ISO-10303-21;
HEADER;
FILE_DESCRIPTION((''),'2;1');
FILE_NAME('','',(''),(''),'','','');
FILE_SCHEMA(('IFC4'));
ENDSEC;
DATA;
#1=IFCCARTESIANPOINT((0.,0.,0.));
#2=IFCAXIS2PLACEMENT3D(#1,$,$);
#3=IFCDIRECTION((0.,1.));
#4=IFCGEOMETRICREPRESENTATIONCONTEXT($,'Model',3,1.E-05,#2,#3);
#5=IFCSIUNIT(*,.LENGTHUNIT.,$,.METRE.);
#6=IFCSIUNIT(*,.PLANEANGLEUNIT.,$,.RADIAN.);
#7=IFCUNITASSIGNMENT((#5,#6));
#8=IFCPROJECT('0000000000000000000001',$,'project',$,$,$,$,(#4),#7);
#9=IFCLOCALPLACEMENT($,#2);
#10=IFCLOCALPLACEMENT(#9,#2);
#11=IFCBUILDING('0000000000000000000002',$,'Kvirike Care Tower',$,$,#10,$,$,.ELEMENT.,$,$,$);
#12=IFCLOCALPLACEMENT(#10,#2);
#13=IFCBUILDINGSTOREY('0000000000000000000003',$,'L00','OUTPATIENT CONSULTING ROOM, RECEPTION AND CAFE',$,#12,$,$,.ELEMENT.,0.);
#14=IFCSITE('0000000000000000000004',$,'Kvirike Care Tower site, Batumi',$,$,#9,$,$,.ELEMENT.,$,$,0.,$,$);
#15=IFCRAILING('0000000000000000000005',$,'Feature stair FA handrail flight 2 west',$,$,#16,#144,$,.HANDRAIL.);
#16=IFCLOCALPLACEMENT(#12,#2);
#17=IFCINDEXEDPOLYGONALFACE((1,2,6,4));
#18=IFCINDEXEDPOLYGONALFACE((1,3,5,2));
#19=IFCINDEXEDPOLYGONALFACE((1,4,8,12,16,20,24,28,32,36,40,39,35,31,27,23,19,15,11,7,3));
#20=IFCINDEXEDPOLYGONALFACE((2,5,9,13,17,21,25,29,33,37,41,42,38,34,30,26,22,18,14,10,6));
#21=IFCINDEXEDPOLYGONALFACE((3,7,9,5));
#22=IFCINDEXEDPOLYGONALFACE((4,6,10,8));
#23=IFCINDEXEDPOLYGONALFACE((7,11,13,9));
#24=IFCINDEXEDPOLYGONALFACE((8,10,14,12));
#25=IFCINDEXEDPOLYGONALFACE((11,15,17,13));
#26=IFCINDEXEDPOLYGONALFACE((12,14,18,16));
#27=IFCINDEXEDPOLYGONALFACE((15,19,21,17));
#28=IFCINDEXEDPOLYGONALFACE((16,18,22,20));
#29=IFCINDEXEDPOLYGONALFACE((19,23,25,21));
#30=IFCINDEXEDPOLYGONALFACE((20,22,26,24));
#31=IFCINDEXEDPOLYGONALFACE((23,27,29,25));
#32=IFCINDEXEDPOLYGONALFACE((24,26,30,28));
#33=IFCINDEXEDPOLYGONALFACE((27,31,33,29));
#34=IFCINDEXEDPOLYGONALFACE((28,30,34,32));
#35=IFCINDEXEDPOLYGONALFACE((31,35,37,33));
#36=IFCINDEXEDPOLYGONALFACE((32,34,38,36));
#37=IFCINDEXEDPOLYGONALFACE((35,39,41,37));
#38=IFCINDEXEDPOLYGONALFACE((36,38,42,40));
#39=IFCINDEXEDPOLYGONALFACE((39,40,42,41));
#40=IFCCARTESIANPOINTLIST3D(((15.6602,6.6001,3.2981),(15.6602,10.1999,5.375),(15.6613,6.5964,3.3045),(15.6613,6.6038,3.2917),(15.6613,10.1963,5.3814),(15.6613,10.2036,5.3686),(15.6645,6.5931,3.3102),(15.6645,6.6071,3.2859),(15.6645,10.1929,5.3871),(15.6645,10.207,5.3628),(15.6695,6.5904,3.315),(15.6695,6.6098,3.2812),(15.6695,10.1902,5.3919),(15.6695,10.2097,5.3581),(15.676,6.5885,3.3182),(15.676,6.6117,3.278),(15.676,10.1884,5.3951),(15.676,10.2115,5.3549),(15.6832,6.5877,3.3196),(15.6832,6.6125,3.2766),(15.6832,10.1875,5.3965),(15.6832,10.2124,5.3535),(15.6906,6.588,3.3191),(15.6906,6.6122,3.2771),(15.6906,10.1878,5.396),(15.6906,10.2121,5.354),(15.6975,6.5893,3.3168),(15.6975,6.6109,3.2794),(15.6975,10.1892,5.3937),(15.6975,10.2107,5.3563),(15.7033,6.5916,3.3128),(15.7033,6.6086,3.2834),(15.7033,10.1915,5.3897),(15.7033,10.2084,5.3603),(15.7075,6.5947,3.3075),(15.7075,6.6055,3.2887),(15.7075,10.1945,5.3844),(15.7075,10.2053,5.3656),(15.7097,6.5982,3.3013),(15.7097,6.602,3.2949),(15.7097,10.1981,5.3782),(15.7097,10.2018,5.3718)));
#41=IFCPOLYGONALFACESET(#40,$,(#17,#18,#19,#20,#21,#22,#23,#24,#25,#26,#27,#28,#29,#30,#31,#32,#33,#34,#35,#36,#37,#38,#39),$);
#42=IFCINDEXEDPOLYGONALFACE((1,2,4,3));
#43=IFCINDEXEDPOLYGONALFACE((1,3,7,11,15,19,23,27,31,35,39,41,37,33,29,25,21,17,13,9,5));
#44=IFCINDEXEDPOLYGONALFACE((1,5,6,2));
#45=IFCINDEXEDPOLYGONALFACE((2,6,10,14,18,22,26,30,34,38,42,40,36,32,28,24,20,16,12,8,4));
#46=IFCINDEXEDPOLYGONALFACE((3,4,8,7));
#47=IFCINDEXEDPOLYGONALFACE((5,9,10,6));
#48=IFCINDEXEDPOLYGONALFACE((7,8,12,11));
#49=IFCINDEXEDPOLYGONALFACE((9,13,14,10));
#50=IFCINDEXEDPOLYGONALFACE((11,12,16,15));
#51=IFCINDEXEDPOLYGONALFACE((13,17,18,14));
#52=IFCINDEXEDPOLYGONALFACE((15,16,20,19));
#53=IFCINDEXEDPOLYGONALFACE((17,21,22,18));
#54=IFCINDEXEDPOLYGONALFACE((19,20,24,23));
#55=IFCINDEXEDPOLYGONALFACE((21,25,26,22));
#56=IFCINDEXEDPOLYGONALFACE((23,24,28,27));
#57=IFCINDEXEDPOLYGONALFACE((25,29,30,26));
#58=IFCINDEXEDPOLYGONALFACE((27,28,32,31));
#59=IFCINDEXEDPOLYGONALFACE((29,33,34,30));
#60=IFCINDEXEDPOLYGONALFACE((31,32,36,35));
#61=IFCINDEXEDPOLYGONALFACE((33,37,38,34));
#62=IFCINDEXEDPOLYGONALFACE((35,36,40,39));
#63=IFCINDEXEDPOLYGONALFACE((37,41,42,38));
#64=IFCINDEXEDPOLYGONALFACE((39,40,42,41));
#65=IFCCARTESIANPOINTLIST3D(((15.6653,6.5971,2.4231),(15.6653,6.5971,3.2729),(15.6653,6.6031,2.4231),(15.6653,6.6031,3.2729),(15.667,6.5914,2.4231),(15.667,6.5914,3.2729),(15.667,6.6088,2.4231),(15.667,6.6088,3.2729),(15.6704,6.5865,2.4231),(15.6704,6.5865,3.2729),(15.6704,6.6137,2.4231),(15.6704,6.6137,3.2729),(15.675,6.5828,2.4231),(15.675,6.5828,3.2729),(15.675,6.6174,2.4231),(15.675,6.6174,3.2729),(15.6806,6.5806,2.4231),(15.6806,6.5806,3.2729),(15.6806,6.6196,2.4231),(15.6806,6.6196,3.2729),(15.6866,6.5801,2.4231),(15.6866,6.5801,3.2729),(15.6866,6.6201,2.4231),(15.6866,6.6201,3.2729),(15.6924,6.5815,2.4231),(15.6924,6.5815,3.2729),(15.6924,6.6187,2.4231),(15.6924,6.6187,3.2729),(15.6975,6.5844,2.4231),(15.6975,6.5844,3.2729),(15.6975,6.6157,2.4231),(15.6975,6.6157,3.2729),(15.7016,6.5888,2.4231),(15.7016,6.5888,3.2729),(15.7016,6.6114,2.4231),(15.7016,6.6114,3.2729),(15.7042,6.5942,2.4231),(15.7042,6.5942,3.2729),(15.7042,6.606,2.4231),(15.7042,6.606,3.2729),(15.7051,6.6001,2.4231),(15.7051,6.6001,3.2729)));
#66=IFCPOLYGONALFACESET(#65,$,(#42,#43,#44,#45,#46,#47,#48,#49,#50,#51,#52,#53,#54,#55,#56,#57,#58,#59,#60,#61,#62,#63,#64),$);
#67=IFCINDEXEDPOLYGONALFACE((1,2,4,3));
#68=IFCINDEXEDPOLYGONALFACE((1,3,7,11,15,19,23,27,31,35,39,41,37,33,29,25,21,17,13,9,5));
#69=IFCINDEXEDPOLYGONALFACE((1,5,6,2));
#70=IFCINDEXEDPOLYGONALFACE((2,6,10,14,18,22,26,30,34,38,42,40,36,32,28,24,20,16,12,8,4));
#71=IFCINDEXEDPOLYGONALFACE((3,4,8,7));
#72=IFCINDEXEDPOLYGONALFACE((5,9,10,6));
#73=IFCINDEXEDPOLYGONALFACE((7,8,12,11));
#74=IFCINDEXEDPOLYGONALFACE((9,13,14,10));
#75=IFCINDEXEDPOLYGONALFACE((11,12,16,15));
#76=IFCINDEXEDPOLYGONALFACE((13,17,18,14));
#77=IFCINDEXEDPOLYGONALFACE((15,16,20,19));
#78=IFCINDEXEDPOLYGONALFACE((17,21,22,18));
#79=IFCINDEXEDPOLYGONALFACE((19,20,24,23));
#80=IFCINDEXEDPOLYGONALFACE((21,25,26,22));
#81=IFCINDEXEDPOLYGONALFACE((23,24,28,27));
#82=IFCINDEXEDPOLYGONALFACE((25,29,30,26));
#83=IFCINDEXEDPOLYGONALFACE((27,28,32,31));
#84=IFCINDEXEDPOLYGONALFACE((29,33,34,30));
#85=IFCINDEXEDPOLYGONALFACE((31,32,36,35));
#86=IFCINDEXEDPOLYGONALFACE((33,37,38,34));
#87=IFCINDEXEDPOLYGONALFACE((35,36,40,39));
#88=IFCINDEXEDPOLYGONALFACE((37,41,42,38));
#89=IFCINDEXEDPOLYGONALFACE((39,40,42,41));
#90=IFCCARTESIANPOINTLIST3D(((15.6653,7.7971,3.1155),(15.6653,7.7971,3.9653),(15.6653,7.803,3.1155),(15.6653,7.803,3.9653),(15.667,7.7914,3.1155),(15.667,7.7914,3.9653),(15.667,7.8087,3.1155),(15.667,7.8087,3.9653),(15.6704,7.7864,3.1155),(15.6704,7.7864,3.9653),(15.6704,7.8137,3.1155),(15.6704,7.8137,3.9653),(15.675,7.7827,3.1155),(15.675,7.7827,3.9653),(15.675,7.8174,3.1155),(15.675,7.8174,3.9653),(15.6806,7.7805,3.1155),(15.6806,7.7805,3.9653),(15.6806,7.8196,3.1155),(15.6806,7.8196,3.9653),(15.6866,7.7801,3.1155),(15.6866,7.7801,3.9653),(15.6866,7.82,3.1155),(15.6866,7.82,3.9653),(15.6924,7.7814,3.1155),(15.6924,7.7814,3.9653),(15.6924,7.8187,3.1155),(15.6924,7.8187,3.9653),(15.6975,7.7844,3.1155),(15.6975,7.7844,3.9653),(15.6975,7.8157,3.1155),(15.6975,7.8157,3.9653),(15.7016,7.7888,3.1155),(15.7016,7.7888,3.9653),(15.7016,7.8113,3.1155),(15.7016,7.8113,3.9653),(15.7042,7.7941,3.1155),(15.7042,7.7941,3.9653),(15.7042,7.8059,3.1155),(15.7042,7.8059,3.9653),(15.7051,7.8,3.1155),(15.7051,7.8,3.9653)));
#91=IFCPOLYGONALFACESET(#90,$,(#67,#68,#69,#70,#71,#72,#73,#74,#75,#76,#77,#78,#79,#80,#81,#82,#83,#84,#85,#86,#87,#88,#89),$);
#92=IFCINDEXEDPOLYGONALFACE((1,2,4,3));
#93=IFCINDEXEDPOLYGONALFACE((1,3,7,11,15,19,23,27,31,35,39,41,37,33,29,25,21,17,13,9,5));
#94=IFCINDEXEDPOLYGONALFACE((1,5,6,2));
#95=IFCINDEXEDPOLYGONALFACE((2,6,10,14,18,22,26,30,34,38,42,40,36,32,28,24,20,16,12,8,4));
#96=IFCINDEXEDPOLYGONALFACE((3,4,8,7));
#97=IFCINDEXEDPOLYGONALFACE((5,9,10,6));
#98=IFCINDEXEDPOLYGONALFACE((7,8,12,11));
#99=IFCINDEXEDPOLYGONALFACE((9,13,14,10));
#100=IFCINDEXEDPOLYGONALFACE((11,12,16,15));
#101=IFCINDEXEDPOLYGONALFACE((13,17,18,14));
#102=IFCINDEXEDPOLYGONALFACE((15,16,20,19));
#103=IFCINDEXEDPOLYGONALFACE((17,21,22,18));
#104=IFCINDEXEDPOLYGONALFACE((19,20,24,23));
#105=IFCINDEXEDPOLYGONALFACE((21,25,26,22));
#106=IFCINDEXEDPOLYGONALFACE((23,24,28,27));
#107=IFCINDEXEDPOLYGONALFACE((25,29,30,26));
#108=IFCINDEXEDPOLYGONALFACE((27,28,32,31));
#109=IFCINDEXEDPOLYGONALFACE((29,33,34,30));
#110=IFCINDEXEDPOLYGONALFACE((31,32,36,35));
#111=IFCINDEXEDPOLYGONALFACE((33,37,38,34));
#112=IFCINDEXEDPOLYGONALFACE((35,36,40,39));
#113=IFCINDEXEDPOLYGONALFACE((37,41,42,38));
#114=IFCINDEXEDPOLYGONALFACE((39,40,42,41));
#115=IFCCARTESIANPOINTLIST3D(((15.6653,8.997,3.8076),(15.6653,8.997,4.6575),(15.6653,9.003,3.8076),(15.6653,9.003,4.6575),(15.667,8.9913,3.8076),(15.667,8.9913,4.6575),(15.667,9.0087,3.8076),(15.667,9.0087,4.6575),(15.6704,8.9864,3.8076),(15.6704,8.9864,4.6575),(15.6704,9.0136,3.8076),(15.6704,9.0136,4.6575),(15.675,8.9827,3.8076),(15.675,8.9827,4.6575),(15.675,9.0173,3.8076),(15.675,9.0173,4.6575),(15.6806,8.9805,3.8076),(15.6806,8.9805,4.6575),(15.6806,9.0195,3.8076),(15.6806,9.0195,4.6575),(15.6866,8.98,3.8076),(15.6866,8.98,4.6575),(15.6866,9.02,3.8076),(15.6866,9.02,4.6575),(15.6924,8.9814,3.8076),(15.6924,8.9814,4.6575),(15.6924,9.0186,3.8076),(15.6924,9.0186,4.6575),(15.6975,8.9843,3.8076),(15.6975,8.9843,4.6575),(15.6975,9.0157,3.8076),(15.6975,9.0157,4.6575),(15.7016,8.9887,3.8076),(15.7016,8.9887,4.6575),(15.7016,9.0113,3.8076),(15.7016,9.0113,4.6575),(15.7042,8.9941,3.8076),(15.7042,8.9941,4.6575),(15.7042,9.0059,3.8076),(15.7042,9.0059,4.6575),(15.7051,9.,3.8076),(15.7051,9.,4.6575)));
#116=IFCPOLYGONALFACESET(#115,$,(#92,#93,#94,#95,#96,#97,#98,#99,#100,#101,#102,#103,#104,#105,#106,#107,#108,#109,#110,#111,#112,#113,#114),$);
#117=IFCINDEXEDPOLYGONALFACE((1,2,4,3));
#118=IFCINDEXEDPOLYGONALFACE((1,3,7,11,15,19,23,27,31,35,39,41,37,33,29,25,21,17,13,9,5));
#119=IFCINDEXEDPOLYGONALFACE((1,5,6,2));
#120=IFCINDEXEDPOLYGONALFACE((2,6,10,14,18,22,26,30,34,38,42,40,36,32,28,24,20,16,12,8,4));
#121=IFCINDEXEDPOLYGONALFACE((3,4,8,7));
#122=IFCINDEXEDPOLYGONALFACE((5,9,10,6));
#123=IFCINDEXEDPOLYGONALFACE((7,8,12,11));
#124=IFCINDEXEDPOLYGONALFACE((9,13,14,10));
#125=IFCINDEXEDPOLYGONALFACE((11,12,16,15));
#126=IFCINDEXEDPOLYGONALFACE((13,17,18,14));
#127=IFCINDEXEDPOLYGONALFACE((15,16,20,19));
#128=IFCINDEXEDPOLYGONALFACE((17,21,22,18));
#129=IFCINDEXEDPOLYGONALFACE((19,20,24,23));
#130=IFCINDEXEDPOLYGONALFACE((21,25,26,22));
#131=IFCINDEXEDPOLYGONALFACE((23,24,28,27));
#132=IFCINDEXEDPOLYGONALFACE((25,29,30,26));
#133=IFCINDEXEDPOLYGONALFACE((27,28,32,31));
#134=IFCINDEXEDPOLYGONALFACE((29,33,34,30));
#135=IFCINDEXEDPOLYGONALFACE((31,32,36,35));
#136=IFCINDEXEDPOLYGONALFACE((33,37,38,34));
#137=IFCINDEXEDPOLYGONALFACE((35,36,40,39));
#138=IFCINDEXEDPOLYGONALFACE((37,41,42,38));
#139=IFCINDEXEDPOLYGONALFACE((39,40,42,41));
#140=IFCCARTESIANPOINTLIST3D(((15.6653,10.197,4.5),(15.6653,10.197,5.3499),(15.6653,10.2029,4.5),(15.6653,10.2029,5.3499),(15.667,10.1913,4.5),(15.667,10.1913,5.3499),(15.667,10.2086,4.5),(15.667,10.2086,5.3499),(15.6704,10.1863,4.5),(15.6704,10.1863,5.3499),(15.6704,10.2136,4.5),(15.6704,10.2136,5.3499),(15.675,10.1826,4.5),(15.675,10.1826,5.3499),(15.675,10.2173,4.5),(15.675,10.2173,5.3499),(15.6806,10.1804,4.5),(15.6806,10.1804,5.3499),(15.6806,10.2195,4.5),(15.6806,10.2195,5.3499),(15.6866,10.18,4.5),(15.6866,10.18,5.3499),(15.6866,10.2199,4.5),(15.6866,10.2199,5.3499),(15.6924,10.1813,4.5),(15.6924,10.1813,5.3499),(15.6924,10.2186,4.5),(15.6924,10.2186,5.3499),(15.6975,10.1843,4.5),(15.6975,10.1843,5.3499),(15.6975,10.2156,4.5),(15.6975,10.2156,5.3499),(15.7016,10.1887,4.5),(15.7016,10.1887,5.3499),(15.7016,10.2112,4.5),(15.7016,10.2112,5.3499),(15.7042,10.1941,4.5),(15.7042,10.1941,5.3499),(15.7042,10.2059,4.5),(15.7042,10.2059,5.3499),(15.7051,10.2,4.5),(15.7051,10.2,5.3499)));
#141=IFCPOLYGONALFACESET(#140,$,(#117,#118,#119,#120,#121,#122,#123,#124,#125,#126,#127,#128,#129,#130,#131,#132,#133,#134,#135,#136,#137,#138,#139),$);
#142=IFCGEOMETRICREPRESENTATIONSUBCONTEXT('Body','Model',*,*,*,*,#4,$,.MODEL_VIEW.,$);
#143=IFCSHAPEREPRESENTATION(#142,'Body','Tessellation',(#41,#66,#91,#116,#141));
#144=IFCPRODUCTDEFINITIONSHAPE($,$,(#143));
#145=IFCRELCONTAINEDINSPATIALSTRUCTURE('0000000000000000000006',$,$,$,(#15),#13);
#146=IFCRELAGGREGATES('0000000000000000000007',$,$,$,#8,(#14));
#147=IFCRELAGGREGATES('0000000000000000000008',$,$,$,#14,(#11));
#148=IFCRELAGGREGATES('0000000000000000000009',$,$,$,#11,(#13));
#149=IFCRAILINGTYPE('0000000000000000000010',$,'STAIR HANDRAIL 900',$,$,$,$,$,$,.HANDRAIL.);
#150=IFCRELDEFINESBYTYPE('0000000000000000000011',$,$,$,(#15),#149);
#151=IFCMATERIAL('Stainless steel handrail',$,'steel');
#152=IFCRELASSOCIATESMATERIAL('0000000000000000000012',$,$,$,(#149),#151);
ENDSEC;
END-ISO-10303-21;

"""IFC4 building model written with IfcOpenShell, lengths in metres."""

from ifc_helpers import new_model, si_unit, direction, frame, origin, origin_2d, place, context, subcontext, project, spatial, circle, extrude, material, type_object, element, save


model = new_model("IFC4")

# Units and contexts
model_context = context("Model", 3, precision=1e-05, world=origin(), true_north=direction((0.0, 1.0)))
body_context = subcontext(model_context, "Body", "Model", "MODEL_VIEW")
ifc_project = project(units=[si_unit("LENGTHUNIT", "METRE"), si_unit("PLANEANGLEUNIT", "RADIAN")], contexts=[model_context])

# Site, building, storey
site_placement = place(None, origin())
site = spatial("IfcSite", under=ifc_project, at=site_placement, Name="Kvirike Care Tower site, Batumi", CompositionType="ELEMENT", RefElevation=0.0)
building_placement = place(site_placement, origin())
building = spatial("IfcBuilding", under=site, at=building_placement, Name="Kvirike Care Tower", CompositionType="ELEMENT")
storey_placement = place(building_placement, origin())
storey = spatial("IfcBuildingStorey", under=building, at=storey_placement, Name="L00", Description="OUTPATIENT CONSULTING ROOM, RECEPTION AND CAFE", CompositionType="ELEMENT", Elevation=0.0)

# Railing
ifc_material_1 = material(Name="Stainless steel handrail", Category="steel")
railing_type_1 = type_object("IfcRailingType", Name="STAIR HANDRAIL 900", PredefinedType="HANDRAIL", material=ifc_material_1)
railing_1_placement = place(storey_placement, frame((15.6851, 6.6001, 2.4231)))
element("IfcRailing", 1, at=railing_1_placement, inside=storey, type_object=railing_type_1, Name="Feature stair FA handrail flight 2 west", PredefinedType="HANDRAIL", context=body_context, shape_type="SweptSolid", body=[
    extrude(circle(Radius=0.0249, at=origin_2d()), frame((0.0, 0.0, 0.875), z_axis=(0.0, 0.866179, 0.499734), x_axis=(-1.0, 0.0, 0.0)), (0.0, 0.0, 1.0), 4.156),
    extrude(circle(Radius=0.02, at=origin_2d()), origin(), (0.0, 0.0, 1.0), 0.8499),
    extrude(circle(Radius=0.02, at=origin_2d()), frame((0.0, 1.2, 0.6924)), (0.0, 0.0, 1.0), 0.8499),
    extrude(circle(Radius=0.02, at=origin_2d()), frame((0.0, 2.3999, 1.3845)), (0.0, 0.0, 1.0), 0.8499),
    extrude(circle(Radius=0.02, at=origin_2d()), frame((0.0, 3.5999, 2.0769)), (0.0, 0.0, 1.0), 0.8499),
])

save(model, "model.ifc")
